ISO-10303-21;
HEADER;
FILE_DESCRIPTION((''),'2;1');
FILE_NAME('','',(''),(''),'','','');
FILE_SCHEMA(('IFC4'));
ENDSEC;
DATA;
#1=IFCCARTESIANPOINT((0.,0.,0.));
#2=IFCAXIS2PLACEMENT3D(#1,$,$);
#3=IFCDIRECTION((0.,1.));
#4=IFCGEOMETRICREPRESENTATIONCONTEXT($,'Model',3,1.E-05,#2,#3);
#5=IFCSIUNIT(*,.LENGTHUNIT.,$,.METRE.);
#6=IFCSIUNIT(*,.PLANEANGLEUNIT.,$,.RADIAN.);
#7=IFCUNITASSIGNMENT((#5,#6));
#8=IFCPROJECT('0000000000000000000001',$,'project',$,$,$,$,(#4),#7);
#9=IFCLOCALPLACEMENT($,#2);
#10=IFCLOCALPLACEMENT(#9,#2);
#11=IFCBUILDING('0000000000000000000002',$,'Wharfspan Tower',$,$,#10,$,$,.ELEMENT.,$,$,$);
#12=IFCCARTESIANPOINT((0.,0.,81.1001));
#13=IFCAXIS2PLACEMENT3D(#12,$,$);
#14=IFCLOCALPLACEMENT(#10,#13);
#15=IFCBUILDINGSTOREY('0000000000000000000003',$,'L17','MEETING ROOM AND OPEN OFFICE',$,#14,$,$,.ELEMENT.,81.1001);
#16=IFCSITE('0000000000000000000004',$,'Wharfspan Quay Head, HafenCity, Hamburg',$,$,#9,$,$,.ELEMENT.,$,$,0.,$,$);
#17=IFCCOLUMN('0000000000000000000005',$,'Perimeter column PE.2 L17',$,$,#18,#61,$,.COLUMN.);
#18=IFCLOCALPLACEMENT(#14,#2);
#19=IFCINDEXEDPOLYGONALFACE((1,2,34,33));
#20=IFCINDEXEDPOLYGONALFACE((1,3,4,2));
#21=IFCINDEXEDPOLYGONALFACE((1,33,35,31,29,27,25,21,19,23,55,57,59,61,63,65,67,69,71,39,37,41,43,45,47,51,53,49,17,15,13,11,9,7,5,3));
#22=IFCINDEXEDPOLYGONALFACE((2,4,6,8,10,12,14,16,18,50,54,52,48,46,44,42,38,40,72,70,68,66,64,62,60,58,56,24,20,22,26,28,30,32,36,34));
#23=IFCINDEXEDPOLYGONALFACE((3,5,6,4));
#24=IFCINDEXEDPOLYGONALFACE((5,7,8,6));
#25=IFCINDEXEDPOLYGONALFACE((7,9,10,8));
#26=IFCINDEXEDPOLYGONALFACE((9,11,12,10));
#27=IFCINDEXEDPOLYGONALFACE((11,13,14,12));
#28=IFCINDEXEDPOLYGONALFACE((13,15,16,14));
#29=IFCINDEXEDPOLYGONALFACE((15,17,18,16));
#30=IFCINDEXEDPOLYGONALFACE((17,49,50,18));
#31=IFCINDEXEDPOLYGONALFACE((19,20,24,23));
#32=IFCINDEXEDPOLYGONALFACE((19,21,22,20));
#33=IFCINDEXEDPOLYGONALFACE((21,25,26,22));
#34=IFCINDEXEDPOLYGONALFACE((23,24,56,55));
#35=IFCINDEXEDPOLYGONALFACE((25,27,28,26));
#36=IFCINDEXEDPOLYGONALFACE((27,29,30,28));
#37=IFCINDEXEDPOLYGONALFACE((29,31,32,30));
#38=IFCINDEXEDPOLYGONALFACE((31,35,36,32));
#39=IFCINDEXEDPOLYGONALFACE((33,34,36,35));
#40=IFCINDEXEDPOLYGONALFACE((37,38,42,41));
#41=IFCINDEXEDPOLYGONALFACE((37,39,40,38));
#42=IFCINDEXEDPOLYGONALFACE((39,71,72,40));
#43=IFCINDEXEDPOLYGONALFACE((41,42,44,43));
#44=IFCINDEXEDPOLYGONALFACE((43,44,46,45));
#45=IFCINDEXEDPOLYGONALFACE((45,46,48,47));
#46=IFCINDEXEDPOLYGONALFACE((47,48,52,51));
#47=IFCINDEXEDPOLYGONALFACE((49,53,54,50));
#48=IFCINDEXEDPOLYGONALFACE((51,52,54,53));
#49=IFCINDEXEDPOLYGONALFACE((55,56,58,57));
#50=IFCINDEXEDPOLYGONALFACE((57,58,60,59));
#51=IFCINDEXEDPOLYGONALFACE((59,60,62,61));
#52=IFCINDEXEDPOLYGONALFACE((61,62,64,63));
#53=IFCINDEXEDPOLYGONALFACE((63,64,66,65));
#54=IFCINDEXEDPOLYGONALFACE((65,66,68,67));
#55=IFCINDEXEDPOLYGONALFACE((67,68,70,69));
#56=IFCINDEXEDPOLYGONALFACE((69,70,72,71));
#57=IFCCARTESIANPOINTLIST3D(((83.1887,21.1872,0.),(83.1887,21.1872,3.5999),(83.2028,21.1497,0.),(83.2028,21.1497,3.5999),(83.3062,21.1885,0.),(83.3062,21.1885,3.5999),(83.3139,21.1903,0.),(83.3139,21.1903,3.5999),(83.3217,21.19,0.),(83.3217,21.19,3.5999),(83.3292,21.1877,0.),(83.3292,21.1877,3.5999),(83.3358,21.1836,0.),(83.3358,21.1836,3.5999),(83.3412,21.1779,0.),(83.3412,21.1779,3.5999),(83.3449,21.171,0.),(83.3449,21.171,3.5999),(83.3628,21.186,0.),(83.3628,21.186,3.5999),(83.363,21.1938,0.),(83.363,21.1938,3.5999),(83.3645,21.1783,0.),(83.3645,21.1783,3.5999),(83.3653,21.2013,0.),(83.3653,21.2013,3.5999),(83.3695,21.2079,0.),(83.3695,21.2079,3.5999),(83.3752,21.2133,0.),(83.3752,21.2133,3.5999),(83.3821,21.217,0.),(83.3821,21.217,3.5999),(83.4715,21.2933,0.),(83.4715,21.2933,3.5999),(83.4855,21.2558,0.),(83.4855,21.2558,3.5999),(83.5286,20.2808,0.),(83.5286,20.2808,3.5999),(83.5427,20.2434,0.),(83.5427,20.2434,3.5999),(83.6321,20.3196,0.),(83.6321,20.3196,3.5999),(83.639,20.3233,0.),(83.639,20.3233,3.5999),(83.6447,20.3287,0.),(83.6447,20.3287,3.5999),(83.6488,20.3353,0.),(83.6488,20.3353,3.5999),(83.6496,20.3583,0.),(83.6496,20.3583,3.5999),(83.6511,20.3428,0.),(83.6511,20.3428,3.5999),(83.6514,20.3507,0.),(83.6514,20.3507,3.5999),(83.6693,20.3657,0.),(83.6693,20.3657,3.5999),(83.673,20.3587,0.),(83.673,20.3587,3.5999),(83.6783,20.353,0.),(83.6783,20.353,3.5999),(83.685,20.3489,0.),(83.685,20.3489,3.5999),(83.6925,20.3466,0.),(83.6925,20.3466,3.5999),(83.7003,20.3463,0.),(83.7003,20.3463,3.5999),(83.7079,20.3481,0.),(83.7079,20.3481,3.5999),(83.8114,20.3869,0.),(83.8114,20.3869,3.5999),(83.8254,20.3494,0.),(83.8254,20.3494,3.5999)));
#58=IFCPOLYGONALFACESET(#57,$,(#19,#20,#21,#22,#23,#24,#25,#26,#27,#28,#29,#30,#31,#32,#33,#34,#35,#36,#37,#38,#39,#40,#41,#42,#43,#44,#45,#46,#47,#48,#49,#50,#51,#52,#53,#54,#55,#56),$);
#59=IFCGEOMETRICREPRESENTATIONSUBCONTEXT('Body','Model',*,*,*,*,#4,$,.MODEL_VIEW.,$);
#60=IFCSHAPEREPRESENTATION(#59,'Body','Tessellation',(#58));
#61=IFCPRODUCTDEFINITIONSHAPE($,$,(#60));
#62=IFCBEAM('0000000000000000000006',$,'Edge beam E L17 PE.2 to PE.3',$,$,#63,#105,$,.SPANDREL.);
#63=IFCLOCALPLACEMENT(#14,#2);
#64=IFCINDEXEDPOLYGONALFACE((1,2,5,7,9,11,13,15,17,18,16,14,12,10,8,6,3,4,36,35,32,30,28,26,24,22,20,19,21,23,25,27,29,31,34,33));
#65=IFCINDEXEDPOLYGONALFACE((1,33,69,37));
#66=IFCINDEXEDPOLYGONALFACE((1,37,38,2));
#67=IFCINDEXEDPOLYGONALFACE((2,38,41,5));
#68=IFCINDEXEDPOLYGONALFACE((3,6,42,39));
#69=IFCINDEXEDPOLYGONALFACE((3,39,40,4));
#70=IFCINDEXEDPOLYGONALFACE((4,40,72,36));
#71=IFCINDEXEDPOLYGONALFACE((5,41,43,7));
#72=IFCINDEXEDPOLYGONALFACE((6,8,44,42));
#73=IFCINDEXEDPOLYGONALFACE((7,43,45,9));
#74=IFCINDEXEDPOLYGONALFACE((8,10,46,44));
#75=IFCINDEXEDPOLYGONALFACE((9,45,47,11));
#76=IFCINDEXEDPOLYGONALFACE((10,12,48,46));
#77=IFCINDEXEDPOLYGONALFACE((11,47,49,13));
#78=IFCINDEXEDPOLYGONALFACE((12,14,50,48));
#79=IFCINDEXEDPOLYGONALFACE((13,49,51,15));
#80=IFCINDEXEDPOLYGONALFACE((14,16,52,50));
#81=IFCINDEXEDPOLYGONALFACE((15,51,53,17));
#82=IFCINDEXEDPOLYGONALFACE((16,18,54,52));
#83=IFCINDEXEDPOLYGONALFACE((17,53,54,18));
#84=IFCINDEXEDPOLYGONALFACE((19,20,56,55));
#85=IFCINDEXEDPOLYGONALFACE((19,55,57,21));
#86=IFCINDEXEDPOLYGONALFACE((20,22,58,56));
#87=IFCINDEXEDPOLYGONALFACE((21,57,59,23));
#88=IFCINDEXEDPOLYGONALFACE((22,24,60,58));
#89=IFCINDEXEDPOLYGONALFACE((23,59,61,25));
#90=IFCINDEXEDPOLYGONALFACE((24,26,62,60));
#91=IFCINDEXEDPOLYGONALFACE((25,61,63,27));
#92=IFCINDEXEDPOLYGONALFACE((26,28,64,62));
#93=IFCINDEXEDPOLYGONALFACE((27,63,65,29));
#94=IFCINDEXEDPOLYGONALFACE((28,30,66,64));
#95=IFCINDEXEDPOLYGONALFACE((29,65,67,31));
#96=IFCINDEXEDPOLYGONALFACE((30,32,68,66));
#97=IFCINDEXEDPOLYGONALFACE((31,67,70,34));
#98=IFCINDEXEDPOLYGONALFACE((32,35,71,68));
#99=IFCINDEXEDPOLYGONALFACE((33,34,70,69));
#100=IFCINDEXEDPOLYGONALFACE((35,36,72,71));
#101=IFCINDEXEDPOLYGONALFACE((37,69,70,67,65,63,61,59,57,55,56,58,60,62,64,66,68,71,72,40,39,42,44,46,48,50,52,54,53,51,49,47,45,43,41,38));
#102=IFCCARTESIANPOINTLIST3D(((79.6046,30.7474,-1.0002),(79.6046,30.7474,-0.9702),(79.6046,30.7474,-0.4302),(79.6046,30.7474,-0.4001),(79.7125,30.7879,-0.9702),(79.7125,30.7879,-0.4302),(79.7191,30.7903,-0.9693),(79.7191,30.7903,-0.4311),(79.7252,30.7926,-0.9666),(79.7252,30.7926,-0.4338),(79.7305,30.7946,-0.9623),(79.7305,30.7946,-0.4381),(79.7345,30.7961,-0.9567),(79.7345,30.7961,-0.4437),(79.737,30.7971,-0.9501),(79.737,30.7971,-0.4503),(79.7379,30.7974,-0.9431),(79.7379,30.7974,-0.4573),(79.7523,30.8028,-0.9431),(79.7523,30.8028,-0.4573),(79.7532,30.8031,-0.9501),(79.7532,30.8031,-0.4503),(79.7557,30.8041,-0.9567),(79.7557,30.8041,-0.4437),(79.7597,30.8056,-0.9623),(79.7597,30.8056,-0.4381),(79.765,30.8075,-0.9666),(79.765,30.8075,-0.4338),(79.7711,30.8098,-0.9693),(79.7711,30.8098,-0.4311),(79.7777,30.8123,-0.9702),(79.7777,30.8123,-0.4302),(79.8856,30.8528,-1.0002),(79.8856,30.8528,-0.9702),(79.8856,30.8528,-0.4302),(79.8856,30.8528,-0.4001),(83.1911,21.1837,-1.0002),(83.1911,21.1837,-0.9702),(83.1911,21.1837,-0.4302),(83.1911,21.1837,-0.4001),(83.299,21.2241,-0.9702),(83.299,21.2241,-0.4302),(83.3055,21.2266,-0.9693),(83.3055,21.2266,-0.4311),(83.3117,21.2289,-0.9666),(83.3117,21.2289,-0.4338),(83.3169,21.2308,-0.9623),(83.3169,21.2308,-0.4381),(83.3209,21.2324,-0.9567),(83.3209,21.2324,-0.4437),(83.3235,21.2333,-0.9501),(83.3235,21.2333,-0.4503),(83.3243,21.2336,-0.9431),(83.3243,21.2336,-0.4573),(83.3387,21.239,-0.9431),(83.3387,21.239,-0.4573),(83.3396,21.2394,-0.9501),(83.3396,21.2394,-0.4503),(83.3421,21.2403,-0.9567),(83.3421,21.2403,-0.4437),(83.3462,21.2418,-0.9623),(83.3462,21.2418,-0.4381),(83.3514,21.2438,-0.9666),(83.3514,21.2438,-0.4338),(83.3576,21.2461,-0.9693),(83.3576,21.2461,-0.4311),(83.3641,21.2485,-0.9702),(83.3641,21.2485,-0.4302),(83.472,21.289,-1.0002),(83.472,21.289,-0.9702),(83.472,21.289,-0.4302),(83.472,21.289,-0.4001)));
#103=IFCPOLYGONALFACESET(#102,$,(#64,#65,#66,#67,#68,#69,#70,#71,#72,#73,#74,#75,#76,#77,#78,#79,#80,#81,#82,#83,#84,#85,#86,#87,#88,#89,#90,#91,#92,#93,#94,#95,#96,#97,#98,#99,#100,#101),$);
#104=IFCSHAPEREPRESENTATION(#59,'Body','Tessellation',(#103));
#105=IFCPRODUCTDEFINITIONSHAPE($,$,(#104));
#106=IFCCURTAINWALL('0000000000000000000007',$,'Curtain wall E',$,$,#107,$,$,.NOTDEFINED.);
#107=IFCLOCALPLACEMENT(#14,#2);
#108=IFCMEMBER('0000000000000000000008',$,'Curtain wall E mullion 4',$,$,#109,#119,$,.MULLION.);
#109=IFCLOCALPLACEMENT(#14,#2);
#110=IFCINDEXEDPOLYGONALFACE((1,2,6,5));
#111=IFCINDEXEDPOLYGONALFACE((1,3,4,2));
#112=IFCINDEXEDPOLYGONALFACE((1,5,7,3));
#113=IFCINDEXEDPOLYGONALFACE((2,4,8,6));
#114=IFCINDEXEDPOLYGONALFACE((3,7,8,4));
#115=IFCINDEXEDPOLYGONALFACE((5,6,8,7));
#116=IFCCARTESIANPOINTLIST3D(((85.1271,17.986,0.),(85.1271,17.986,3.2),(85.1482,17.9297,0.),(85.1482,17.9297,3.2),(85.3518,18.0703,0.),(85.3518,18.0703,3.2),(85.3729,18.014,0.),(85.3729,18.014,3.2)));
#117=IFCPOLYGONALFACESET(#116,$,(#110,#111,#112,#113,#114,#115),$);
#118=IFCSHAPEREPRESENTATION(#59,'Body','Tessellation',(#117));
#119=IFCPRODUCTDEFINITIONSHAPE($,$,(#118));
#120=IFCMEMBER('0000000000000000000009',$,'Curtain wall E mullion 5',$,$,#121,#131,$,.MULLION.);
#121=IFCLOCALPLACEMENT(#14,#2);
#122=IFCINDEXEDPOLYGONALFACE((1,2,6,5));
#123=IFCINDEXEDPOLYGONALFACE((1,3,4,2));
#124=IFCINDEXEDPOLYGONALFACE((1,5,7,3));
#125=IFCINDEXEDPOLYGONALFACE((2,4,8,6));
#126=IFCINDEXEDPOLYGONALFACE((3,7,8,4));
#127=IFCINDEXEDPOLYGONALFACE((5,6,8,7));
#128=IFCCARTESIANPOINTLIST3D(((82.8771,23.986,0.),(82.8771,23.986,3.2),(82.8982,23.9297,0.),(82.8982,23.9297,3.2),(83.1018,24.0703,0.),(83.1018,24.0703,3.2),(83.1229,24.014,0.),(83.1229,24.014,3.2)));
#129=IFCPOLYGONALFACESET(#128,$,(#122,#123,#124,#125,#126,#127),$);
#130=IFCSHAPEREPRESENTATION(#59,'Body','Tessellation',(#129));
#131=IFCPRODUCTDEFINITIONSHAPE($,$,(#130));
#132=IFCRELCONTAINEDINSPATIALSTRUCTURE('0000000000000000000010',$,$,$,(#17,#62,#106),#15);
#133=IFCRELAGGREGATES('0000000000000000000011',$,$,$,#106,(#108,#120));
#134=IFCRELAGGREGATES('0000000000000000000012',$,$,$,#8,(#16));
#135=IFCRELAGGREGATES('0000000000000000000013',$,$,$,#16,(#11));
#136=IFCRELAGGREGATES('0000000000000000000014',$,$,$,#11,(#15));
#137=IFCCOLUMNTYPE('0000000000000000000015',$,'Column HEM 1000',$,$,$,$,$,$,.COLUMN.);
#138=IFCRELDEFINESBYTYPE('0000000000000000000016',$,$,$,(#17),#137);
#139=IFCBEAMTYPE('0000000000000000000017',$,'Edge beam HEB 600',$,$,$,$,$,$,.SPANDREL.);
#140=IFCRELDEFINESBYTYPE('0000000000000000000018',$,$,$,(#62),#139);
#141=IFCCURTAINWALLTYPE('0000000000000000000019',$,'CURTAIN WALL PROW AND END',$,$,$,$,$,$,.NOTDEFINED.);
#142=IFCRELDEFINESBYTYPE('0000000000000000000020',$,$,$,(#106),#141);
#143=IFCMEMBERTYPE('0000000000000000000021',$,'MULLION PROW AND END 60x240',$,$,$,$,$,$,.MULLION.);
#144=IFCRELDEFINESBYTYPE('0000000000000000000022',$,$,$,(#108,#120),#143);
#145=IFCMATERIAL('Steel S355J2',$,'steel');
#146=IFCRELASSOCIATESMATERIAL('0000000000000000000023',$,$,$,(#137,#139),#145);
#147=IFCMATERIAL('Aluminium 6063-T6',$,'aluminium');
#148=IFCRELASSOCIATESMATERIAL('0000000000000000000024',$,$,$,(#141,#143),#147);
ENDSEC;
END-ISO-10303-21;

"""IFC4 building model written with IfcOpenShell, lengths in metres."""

from ifc_helpers import new_model, si_unit, direction, frame, origin, origin_2d, place, context, subcontext, project, spatial, rectangle, i_section, extrude, material, material_profile, profile_set, type_object, element, aggregate, save


model = new_model("IFC4")

# Units and contexts
model_context = context("Model", 3, precision=1e-05, world=origin(), true_north=direction((0.0, 1.0)))
body_context = subcontext(model_context, "Body", "Model", "MODEL_VIEW")
ifc_project = project(units=[si_unit("LENGTHUNIT", "METRE"), si_unit("PLANEANGLEUNIT", "RADIAN")], contexts=[model_context])

# Site, building, storey
site_placement = place(None, origin())
site = spatial("IfcSite", under=ifc_project, at=site_placement, Name="Wharfspan Quay Head, HafenCity, Hamburg", CompositionType="ELEMENT", RefElevation=0.0)
building_placement = place(site_placement, origin())
building = spatial("IfcBuilding", under=site, at=building_placement, Name="Wharfspan Tower", CompositionType="ELEMENT")
storey_placement = place(building_placement, frame((0.0, 0.0, 81.1001)))
storey = spatial("IfcBuildingStorey", under=building, at=storey_placement, Name="L17", Description="MEETING ROOM AND OPEN OFFICE", CompositionType="ELEMENT", Elevation=81.1001)

# Column
ifc_material_1 = material(Name="Steel S355J2", Category="steel")
ifc_material_profile_1 = material_profile(ifc_material_1, i_section(OverallWidth=0.302, OverallDepth=1.0081, WebThickness=0.021, FlangeThickness=0.04, FilletRadius=0.03, at=origin_2d()))
ifc_profile_set_1 = profile_set([ifc_material_profile_1], Name="Steel S355J2")
column_type = type_object("IfcColumnType", Name="Column HEM 1000", PredefinedType="COLUMN", material=ifc_profile_set_1)
column_placement = place(storey_placement, frame((83.5071, 20.7683, 0.0), z_axis=(0.0, 0.0, 1.0), x_axis=(0.936328, 0.351123, 0.0)))
element("IfcColumn", 1, at=column_placement, inside=storey, type_object=column_type, Name="Perimeter column PE.2 L17", PredefinedType="COLUMN", context=body_context, shape_type="SweptSolid", body=[
    extrude(i_section(OverallWidth=0.302, OverallDepth=1.0081, WebThickness=0.021, FlangeThickness=0.04, FilletRadius=0.03, at=origin_2d()), origin(), (0.0, 0.0, 1.0), 3.5999),
])

# Beam
ifc_material_profile_2 = material_profile(ifc_material_1, i_section(OverallWidth=0.3, OverallDepth=0.6001, WebThickness=0.0154, FlangeThickness=0.03, FilletRadius=0.0271, at=origin_2d()))
ifc_profile_set_2 = profile_set([ifc_material_profile_2], Name="Steel S355J2")
beam_type = type_object("IfcBeamType", Name="Edge beam HEB 600", PredefinedType="SPANDREL", material=ifc_profile_set_2)
beam_placement = place(storey_placement, frame((83.3315, 21.2363, -0.7002), z_axis=(-0.351126, 0.936328, 0.0), x_axis=(-0.936328, -0.351126, 0.0)))
element("IfcBeam", 2, at=beam_placement, inside=storey, type_object=beam_type, Name="Edge beam E L17 PE.2 to PE.3", PredefinedType="SPANDREL", context=body_context, shape_type="SweptSolid", body=[
    extrude(i_section(OverallWidth=0.3, OverallDepth=0.6001, WebThickness=0.0154, FlangeThickness=0.03, FilletRadius=0.0271, at=origin_2d()), origin(), (0.0, 0.0, 1.0), 10.2141),
])

# Curtain wall, members
ifc_material_2 = material(Name="Aluminium 6063-T6", Category="aluminium")
curtain_wall_type = type_object("IfcCurtainWallType", Name="CURTAIN WALL PROW AND END", PredefinedType="NOTDEFINED", material=ifc_material_2)
curtain_wall_placement = place(storey_placement, origin())
curtain_wall = element("IfcCurtainWall", 3, at=curtain_wall_placement, inside=storey, type_object=curtain_wall_type, Name="Curtain wall E", PredefinedType="NOTDEFINED")
ifc_material_profile_3 = material_profile(ifc_material_2, rectangle(XDim=0.24, YDim=0.0601, at=origin_2d()))
ifc_profile_set_3 = profile_set([ifc_material_profile_3], Name="Aluminium 6063-T6")
member_type_1 = type_object("IfcMemberType", Name="MULLION PROW AND END 60x240", PredefinedType="MULLION", material=ifc_profile_set_3)
member_1_placement = place(storey_placement, frame((85.25, 18.0, 0.0), z_axis=(0.0, 0.0, 1.0), x_axis=(-0.936328, -0.351123, 0.0)))
member_1 = element("IfcMember", 4, at=member_1_placement, type_object=member_type_1, Name="Curtain wall E mullion 4", PredefinedType="MULLION", context=body_context, shape_type="SweptSolid", body=[
    extrude(rectangle(XDim=0.24, YDim=0.0601, at=origin_2d()), origin(), (0.0, 0.0, 1.0), 3.2),
])
member_2_placement = place(storey_placement, frame((83.0, 24.0, 0.0), z_axis=(0.0, 0.0, 1.0), x_axis=(-0.936328, -0.351123, 0.0)))
member_2 = element("IfcMember", 5, at=member_2_placement, type_object=member_type_1, Name="Curtain wall E mullion 5", PredefinedType="MULLION", context=body_context, shape_type="SweptSolid", body=[
    extrude(rectangle(XDim=0.24, YDim=0.0601, at=origin_2d()), origin(), (0.0, 0.0, 1.0), 3.2),
])

aggregate(curtain_wall, [member_1, member_2])

save(model, "model.ifc")
